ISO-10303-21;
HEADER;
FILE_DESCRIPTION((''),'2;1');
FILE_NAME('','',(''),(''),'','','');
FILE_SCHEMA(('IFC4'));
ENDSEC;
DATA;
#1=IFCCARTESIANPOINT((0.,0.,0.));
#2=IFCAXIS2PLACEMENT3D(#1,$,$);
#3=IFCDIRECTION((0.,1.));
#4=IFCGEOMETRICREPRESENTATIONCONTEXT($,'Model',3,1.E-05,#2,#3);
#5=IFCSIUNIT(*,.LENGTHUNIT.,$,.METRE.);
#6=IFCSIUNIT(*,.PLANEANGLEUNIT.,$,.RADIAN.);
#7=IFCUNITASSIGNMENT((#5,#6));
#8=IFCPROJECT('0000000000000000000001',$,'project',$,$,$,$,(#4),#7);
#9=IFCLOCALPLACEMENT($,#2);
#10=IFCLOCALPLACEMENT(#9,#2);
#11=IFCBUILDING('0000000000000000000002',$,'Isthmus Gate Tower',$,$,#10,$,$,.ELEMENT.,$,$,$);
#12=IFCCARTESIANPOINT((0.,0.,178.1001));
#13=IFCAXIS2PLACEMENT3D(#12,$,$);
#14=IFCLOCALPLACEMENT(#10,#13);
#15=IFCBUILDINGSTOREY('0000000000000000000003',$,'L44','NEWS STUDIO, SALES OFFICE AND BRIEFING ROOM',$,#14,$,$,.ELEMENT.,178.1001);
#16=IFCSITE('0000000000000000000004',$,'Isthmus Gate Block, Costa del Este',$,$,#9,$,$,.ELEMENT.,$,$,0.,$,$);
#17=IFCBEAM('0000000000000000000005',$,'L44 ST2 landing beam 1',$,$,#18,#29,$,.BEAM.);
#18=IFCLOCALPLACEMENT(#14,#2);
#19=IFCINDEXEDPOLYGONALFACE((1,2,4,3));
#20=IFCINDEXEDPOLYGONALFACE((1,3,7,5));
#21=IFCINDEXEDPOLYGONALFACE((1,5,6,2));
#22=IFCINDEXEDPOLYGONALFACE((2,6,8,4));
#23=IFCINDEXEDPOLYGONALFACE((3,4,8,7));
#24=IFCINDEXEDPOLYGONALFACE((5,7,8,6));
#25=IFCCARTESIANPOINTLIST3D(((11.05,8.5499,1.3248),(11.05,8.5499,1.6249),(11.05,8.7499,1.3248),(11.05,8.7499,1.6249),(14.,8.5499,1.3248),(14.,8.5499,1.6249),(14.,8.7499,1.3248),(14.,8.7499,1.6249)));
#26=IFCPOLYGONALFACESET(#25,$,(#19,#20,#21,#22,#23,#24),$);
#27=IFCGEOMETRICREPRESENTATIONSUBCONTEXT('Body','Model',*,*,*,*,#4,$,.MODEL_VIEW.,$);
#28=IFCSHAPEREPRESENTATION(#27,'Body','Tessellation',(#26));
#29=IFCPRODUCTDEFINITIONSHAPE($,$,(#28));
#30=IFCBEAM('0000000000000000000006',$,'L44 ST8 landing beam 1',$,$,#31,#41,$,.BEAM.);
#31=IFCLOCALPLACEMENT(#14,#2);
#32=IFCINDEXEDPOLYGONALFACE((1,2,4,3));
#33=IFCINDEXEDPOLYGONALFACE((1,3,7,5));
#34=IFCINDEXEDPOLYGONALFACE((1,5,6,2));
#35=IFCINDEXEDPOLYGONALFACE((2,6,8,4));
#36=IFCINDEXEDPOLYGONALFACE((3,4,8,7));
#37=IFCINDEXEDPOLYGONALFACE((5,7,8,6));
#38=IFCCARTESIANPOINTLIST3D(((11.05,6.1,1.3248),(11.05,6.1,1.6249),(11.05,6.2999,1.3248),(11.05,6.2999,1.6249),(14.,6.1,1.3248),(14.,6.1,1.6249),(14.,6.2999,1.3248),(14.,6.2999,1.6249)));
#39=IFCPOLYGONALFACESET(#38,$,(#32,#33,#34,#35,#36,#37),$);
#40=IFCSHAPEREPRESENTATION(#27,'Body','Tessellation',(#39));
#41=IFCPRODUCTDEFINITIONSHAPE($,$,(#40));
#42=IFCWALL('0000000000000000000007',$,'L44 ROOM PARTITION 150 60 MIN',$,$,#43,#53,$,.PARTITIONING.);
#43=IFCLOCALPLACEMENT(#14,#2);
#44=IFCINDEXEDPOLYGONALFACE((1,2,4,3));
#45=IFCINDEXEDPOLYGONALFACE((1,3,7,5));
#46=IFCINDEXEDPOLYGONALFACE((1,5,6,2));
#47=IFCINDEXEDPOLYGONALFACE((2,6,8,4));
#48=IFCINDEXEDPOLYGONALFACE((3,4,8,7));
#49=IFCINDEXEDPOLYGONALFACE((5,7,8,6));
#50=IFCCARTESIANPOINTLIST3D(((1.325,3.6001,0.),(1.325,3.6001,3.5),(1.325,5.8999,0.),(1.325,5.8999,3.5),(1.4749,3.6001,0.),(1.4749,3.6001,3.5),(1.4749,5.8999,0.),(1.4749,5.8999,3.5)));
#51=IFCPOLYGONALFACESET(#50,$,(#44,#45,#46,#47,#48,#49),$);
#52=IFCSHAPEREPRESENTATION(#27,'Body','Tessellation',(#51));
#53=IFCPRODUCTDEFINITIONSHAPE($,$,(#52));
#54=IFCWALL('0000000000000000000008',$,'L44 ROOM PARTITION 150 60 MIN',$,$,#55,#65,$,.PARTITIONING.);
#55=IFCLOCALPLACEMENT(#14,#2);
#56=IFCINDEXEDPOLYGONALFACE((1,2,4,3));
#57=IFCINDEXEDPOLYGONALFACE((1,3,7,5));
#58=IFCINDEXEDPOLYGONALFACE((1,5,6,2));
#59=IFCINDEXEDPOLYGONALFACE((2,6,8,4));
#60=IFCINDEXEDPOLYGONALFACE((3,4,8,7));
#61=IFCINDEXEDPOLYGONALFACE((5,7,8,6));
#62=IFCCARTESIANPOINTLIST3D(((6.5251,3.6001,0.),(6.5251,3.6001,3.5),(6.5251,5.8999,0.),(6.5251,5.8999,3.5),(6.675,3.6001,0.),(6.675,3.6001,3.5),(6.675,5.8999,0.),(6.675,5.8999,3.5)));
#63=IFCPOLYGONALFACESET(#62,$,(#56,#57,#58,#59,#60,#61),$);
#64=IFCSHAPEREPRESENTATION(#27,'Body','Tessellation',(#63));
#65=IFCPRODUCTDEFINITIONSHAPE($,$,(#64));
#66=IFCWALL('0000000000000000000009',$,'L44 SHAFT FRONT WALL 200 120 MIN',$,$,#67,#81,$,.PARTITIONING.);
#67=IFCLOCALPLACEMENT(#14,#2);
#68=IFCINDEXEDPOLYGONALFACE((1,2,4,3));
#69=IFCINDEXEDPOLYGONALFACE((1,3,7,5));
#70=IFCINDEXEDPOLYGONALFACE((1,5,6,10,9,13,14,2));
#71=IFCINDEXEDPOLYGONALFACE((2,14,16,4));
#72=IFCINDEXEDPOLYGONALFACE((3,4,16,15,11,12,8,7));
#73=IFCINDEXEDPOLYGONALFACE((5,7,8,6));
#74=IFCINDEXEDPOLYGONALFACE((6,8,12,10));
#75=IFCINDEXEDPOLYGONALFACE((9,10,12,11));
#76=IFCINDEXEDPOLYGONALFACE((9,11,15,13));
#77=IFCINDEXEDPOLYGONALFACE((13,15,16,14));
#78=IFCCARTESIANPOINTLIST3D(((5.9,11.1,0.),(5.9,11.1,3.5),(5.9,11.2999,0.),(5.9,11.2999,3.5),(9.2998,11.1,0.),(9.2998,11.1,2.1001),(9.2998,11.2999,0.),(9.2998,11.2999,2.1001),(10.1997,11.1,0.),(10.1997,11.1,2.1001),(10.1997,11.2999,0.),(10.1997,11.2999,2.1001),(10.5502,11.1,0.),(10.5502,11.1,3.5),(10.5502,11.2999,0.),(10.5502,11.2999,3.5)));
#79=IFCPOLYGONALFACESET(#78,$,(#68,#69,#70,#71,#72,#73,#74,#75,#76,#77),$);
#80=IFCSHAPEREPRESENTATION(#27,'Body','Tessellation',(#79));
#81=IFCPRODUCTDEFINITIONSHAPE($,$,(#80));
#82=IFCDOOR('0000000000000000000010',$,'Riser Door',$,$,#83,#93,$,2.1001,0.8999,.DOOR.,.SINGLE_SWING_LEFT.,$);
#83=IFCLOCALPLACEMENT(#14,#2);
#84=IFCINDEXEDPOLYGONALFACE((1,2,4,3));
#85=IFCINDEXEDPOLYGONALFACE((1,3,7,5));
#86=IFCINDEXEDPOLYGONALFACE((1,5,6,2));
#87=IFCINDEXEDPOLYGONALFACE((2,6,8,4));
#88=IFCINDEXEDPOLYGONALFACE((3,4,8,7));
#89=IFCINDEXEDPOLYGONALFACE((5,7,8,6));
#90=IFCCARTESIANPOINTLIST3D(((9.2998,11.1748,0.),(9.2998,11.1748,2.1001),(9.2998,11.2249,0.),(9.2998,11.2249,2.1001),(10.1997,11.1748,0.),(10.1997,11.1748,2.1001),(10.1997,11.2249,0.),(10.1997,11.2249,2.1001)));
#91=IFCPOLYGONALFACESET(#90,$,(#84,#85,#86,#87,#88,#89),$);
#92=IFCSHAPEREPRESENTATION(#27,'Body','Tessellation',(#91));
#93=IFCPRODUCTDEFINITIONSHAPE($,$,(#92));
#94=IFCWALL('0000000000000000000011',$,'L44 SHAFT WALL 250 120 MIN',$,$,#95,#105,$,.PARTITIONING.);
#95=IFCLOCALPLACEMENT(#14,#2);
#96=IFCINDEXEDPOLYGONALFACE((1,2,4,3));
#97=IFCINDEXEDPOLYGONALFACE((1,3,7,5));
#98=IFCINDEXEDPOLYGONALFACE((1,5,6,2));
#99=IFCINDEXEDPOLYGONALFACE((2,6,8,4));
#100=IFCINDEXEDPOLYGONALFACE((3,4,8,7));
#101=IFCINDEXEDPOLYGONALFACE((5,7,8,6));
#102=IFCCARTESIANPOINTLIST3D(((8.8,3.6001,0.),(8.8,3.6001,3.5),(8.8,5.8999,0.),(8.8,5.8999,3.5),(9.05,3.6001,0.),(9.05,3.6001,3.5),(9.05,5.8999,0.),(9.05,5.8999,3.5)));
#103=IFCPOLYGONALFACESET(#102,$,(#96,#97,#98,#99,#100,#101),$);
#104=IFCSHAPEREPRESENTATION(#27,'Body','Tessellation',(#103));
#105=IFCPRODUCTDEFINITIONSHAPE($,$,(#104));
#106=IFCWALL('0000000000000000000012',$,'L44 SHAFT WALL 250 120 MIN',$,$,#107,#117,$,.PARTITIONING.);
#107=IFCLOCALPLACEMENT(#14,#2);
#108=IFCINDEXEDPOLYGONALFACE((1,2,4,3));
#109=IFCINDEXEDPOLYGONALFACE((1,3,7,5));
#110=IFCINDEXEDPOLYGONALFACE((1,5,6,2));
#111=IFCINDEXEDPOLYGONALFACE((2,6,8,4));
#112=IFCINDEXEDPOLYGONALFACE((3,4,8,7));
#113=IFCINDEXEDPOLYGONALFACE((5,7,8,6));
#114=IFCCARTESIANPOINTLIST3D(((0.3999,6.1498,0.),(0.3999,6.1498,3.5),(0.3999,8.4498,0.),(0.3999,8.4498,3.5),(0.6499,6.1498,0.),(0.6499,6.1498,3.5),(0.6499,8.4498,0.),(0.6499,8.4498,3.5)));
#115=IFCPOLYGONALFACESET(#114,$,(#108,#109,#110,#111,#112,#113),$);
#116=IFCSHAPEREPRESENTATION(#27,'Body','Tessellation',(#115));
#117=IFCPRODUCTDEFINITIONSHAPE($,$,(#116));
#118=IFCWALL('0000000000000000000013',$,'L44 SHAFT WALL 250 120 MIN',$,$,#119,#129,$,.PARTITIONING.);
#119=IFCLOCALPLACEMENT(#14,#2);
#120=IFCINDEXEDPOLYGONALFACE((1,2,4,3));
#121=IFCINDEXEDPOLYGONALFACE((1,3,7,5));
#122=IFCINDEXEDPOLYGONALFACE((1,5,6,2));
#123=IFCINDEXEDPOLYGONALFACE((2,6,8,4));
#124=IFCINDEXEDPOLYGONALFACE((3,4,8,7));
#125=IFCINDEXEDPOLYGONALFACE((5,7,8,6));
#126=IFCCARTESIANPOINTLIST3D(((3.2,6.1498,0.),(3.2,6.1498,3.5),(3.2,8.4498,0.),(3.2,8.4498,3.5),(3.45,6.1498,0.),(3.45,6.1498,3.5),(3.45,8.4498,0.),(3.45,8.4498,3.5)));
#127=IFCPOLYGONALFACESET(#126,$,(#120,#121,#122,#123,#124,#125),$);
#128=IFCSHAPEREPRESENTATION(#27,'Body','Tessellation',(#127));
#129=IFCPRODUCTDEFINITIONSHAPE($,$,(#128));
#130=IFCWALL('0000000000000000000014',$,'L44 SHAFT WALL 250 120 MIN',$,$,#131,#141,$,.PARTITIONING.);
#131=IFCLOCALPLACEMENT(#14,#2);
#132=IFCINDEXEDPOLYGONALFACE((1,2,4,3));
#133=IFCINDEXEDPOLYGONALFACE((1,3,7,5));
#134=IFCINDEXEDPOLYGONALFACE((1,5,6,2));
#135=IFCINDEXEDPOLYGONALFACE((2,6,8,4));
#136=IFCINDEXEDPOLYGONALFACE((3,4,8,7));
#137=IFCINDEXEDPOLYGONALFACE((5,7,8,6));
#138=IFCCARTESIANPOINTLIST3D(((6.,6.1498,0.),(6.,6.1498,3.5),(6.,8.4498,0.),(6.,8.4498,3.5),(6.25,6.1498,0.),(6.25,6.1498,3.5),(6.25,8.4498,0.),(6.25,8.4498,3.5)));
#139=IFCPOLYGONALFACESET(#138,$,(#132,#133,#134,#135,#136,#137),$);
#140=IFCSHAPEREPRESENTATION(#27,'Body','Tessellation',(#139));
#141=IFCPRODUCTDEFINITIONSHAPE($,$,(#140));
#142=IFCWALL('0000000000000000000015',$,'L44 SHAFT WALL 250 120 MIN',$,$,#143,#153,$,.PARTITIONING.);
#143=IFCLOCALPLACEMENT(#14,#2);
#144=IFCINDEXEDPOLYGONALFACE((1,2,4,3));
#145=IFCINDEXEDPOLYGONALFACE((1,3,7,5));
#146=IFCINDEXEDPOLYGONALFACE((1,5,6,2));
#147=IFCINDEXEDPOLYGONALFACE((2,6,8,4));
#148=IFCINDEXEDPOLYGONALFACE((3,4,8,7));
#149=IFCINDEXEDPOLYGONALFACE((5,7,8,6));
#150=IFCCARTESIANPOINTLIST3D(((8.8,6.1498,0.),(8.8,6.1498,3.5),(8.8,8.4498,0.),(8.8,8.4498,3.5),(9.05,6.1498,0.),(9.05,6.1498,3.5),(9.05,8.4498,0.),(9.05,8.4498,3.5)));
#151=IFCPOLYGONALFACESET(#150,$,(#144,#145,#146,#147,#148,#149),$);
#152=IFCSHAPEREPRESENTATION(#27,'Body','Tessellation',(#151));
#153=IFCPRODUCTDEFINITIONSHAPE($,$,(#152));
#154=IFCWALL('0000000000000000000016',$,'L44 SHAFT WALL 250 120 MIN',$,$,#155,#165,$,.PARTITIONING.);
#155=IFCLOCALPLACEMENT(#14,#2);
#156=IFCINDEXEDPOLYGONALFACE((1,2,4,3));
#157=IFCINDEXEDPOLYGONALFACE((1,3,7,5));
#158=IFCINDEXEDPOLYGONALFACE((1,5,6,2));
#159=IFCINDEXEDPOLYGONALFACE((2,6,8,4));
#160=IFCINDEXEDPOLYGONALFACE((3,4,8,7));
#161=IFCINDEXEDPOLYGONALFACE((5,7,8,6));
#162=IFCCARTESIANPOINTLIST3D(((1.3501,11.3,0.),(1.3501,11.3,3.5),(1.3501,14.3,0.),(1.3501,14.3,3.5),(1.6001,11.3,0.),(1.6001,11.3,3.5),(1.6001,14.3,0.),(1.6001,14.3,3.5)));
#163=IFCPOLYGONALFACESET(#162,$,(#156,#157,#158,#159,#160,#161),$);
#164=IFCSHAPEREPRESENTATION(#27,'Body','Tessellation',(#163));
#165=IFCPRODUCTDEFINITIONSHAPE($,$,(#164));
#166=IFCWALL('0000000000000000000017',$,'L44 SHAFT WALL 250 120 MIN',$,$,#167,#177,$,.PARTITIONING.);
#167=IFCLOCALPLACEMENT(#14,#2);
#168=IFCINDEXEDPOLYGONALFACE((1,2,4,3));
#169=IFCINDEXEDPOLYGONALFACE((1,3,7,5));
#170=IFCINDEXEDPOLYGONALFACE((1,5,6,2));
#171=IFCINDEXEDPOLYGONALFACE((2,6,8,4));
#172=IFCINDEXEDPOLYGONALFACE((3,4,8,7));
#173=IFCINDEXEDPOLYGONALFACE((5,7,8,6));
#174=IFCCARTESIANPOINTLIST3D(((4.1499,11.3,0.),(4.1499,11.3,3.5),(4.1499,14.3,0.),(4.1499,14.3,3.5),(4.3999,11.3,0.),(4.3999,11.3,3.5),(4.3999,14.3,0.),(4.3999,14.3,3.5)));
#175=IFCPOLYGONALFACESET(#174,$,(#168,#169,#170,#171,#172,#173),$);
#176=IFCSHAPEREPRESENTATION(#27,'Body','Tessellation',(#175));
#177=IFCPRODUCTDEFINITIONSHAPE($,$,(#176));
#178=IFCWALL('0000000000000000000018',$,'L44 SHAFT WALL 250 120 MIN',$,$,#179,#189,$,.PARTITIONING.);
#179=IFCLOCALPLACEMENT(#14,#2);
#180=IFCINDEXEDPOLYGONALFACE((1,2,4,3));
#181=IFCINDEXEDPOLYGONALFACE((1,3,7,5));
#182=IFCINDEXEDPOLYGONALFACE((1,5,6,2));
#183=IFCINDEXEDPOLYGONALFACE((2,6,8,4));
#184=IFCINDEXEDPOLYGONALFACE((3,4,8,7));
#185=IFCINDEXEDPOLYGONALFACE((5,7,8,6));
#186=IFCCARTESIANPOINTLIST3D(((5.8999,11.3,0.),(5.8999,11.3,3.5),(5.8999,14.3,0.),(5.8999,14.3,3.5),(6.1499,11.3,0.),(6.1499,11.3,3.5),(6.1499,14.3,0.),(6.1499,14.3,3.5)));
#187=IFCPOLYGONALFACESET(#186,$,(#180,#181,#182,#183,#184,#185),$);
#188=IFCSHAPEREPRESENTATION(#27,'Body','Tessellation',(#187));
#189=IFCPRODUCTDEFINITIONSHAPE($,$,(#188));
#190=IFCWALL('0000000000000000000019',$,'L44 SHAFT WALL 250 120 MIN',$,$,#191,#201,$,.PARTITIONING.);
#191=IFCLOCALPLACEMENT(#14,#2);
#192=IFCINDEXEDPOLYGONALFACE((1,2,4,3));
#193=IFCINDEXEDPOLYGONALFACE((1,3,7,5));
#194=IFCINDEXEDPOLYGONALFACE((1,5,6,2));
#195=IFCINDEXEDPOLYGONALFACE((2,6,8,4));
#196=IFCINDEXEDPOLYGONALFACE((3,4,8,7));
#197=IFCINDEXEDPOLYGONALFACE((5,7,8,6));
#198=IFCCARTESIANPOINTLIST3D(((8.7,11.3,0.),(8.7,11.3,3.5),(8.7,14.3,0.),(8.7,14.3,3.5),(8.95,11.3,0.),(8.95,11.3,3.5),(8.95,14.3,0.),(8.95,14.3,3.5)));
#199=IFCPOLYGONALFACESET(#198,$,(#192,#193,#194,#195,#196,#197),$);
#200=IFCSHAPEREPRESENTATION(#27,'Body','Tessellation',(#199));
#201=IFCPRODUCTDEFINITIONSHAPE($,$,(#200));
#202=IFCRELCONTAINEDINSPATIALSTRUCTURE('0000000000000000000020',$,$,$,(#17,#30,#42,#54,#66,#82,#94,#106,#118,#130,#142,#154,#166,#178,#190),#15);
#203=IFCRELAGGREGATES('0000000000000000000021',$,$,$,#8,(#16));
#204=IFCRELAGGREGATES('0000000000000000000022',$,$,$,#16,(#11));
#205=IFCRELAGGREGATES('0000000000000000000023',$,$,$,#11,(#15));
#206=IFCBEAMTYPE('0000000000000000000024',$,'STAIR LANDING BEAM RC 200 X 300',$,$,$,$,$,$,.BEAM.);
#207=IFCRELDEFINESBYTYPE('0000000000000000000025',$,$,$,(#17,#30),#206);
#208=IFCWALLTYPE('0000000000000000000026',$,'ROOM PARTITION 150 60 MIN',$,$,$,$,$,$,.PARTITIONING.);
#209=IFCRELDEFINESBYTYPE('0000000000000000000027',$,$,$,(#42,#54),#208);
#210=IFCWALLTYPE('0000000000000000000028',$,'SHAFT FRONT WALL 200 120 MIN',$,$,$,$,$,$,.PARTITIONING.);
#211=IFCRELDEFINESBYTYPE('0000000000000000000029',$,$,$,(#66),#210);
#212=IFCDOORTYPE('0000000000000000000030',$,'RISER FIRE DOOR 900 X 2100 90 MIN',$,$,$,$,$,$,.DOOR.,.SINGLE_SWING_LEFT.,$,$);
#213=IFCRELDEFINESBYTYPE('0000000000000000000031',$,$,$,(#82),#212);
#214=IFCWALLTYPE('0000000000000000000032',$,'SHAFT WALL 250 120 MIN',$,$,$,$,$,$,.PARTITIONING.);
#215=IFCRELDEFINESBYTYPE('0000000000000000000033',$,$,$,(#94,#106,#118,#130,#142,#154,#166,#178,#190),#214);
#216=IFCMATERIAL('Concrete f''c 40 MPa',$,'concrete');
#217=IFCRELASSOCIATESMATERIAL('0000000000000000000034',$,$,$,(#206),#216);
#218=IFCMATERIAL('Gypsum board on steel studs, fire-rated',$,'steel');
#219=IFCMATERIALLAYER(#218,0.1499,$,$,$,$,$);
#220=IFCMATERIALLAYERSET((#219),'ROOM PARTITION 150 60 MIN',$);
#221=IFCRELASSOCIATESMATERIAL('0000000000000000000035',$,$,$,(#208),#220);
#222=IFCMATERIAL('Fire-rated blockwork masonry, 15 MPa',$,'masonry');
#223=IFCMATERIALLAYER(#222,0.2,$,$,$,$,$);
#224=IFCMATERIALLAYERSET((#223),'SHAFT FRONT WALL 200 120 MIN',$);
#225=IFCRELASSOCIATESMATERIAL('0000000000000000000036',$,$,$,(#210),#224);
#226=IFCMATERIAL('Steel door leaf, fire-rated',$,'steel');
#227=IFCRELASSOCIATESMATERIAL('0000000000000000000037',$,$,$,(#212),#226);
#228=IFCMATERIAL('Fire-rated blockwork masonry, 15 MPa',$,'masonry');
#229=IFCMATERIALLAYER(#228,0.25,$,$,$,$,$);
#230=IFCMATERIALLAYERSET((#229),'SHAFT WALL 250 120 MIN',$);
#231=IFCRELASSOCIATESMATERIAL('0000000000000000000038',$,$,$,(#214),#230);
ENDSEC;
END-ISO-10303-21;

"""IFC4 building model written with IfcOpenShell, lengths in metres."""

from ifc_helpers import new_model, si_unit, direction, frame, frame_2d, origin, origin_2d, place, context, subcontext, project, spatial, rectangle, extrude, material, layer, layer_set, material_profile, profile_set, type_object, element, fill, save


model = new_model("IFC4")

# Units and contexts
model_context = context("Model", 3, precision=1e-05, world=origin(), true_north=direction((0.0, 1.0)))
body_context = subcontext(model_context, "Body", "Model", "MODEL_VIEW")
ifc_project = project(units=[si_unit("LENGTHUNIT", "METRE"), si_unit("PLANEANGLEUNIT", "RADIAN")], contexts=[model_context])

# Site, building, storey
site_placement = place(None, origin())
site = spatial("IfcSite", under=ifc_project, at=site_placement, Name="Isthmus Gate Block, Costa del Este", CompositionType="ELEMENT", RefElevation=0.0)
building_placement = place(site_placement, origin())
building = spatial("IfcBuilding", under=site, at=building_placement, Name="Isthmus Gate Tower", CompositionType="ELEMENT")
storey_placement = place(building_placement, frame((0.0, 0.0, 178.1001)))
storey = spatial("IfcBuildingStorey", under=building, at=storey_placement, Name="L44", Description="NEWS STUDIO, SALES OFFICE AND BRIEFING ROOM", CompositionType="ELEMENT", Elevation=178.1001)

# Beams
ifc_material_1 = material(Name="Concrete f'c 40 MPa", Category="concrete")
ifc_material_profile = material_profile(ifc_material_1, rectangle(XDim=0.2, YDim=0.3, at=origin_2d()), Name="STAIR LANDING BEAM RC 200 X 300")
ifc_profile_set = profile_set([ifc_material_profile], Name="Concrete f'c 40 MPa")
beam_type = type_object("IfcBeamType", Name="STAIR LANDING BEAM RC 200 X 300", PredefinedType="BEAM", material=ifc_profile_set)
for number, where, z_axis, x_axis, name in (
    (1, (11.05, 8.6499, 1.4749), (1.0, 0.0, 0.0), (0.0, 1.0, 0.0), "L44 ST2 landing beam 1"),
    (2, (11.05, 6.2, 1.4749), (1.0, 0.0, 0.0), (0.0, 1.0, 0.0), "L44 ST8 landing beam 1"),
):
    element("IfcBeam", number, at=place(storey_placement, frame(where, z_axis=z_axis, x_axis=x_axis)), inside=storey, type_object=beam_type, Name=name, PredefinedType="BEAM", context=body_context, shape_type="SweptSolid", body=[
        extrude(rectangle(XDim=0.2, YDim=0.3, at=origin_2d()), origin(), (0.0, 0.0, 1.0), 2.95),
    ])

# Walls
ifc_material_2 = material(Name="Gypsum board on steel studs, fire-rated", Category="steel")
ifc_layer_1 = layer(ifc_material_2, 0.1499)
ifc_layer_set_1 = layer_set([ifc_layer_1], Name="ROOM PARTITION 150 60 MIN")
wall_type_1 = type_object("IfcWallType", Name="ROOM PARTITION 150 60 MIN", PredefinedType="PARTITIONING", material=ifc_layer_set_1)
for number, where, z_axis, x_axis, name in (
    (3, (1.3999, 3.6001, 0.0), (0.0, 0.0, 1.0), (0.0, 1.0, 0.0), "L44 ROOM PARTITION 150 60 MIN"),
    (4, (6.6001, 3.6001, 0.0), (0.0, 0.0, 1.0), (0.0, 1.0, 0.0), "L44 ROOM PARTITION 150 60 MIN"),
):
    element("IfcWall", number, at=place(storey_placement, frame(where, z_axis=z_axis, x_axis=x_axis)), inside=storey, type_object=wall_type_1, Name=name, PredefinedType="PARTITIONING", context=body_context, shape_type="SweptSolid", body=[
        extrude(rectangle(XDim=2.2998, YDim=0.1499, at=frame_2d((1.1499, 0.0))), origin(), (0.0, 0.0, 1.0), 3.5),
    ])

# Wall, opening, door
ifc_material_3 = material(Name="Fire-rated blockwork masonry, 15 MPa", Category="masonry")
ifc_layer_2 = layer(ifc_material_3, 0.2)
ifc_layer_set_2 = layer_set([ifc_layer_2], Name="SHAFT FRONT WALL 200 120 MIN")
wall_type_2 = type_object("IfcWallType", Name="SHAFT FRONT WALL 200 120 MIN", PredefinedType="PARTITIONING", material=ifc_layer_set_2)
wall_1_placement = place(storey_placement, frame((5.8999, 11.2, 0.0), z_axis=(0.0, 0.0, 1.0), x_axis=(1.0, 0.0, 0.0)))
wall_1 = element("IfcWall", 5, at=wall_1_placement, inside=storey, type_object=wall_type_2, Name="L44 SHAFT FRONT WALL 200 120 MIN", PredefinedType="PARTITIONING", context=body_context, shape_type="SweptSolid", body=[
    extrude(rectangle(XDim=4.6501, YDim=0.2, at=frame_2d((2.3252, 0.0))), origin(), (0.0, 0.0, 1.0), 3.5),
])
opening_placement = place(wall_1_placement, frame((3.3999, 0.0, 0.0)))
opening = element("IfcOpeningElement", 6, at=opening_placement, cuts=wall_1, PredefinedType="OPENING", context=body_context, shape_type="SweptSolid", body=[
    extrude(rectangle(XDim=0.8999, YDim=2.1001, at=frame_2d((0.45, 1.05))), frame((0.0, 0.1099, 0.0), z_axis=(0.0, -1.0, 0.0), x_axis=(1.0, 0.0, 0.0)), (0.0, 0.0, 1.0), 0.22),
])
ifc_material_4 = material(Name="Steel door leaf, fire-rated", Category="steel")
door_type = type_object("IfcDoorType", Name="RISER FIRE DOOR 900 X 2100 90 MIN", OperationType="SINGLE_SWING_LEFT", PredefinedType="DOOR", material=ifc_material_4)
door_placement = place(opening_placement, origin())
door = element("IfcDoor", 7, at=door_placement, inside=storey, type_object=door_type, Name="Riser Door", OperationType="SINGLE_SWING_LEFT", OverallHeight=2.1001, OverallWidth=0.8999, PredefinedType="DOOR", context=body_context, shape_type="SweptSolid", body=[
    extrude(rectangle(XDim=0.8999, YDim=2.1001, at=frame_2d((0.45, 1.05))), frame((0.0, 0.0249, 0.0), z_axis=(0.0, -1.0, 0.0), x_axis=(1.0, 0.0, 0.0)), (0.0, 0.0, 1.0), 0.05),
])
fill(opening, door)

# Walls
ifc_material_5 = material(Name="Fire-rated blockwork masonry, 15 MPa", Category="masonry")
ifc_layer_3 = layer(ifc_material_5, 0.25)
ifc_layer_set_3 = layer_set([ifc_layer_3], Name="SHAFT WALL 250 120 MIN")
wall_type_3 = type_object("IfcWallType", Name="SHAFT WALL 250 120 MIN", PredefinedType="PARTITIONING", material=ifc_layer_set_3)
wall_2_placement = place(storey_placement, frame((8.925, 3.6001, 0.0), z_axis=(0.0, 0.0, 1.0), x_axis=(0.0, 1.0, 0.0)))
element("IfcWall", 8, at=wall_2_placement, inside=storey, type_object=wall_type_3, Name="L44 SHAFT WALL 250 120 MIN", PredefinedType="PARTITIONING", context=body_context, shape_type="SweptSolid", body=[
    extrude(rectangle(XDim=2.2998, YDim=0.25, at=frame_2d((1.1499, 0.0))), origin(), (0.0, 0.0, 1.0), 3.5),
])
for number, where, z_axis, x_axis, name in (
    (9, (0.5249, 6.1499, 0.0), (0.0, 0.0, 1.0), (0.0, 1.0, 0.0), "L44 SHAFT WALL 250 120 MIN"),
    (10, (3.325, 6.1499, 0.0), (0.0, 0.0, 1.0), (0.0, 1.0, 0.0), "L44 SHAFT WALL 250 120 MIN"),
    (11, (6.125, 6.1499, 0.0), (0.0, 0.0, 1.0), (0.0, 1.0, 0.0), "L44 SHAFT WALL 250 120 MIN"),
    (12, (8.925, 6.1499, 0.0), (0.0, 0.0, 1.0), (0.0, 1.0, 0.0), "L44 SHAFT WALL 250 120 MIN"),
):
    element("IfcWall", number, at=place(storey_placement, frame(where, z_axis=z_axis, x_axis=x_axis)), inside=storey, type_object=wall_type_3, Name=name, PredefinedType="PARTITIONING", context=body_context, shape_type="SweptSolid", body=[
        extrude(rectangle(XDim=2.3, YDim=0.25, at=frame_2d((1.1499, 0.0))), origin(), (0.0, 0.0, 1.0), 3.5),
    ])
for number, where, z_axis, x_axis, name in (
    (13, (1.4751, 11.3, 0.0), (0.0, 0.0, 1.0), (0.0, 1.0, 0.0), "L44 SHAFT WALL 250 120 MIN"),
    (14, (4.2749, 11.3, 0.0), (0.0, 0.0, 1.0), (0.0, 1.0, 0.0), "L44 SHAFT WALL 250 120 MIN"),
    (15, (6.0249, 11.3, 0.0), (0.0, 0.0, 1.0), (0.0, 1.0, 0.0), "L44 SHAFT WALL 250 120 MIN"),
    (16, (8.825, 11.3, 0.0), (0.0, 0.0, 1.0), (0.0, 1.0, 0.0), "L44 SHAFT WALL 250 120 MIN"),
):
    element("IfcWall", number, at=place(storey_placement, frame(where, z_axis=z_axis, x_axis=x_axis)), inside=storey, type_object=wall_type_3, Name=name, PredefinedType="PARTITIONING", context=body_context, shape_type="SweptSolid", body=[
        extrude(rectangle(XDim=3.0, YDim=0.25, at=frame_2d((1.5, 0.0))), origin(), (0.0, 0.0, 1.0), 3.5),
    ])

save(model, "model.ifc")
